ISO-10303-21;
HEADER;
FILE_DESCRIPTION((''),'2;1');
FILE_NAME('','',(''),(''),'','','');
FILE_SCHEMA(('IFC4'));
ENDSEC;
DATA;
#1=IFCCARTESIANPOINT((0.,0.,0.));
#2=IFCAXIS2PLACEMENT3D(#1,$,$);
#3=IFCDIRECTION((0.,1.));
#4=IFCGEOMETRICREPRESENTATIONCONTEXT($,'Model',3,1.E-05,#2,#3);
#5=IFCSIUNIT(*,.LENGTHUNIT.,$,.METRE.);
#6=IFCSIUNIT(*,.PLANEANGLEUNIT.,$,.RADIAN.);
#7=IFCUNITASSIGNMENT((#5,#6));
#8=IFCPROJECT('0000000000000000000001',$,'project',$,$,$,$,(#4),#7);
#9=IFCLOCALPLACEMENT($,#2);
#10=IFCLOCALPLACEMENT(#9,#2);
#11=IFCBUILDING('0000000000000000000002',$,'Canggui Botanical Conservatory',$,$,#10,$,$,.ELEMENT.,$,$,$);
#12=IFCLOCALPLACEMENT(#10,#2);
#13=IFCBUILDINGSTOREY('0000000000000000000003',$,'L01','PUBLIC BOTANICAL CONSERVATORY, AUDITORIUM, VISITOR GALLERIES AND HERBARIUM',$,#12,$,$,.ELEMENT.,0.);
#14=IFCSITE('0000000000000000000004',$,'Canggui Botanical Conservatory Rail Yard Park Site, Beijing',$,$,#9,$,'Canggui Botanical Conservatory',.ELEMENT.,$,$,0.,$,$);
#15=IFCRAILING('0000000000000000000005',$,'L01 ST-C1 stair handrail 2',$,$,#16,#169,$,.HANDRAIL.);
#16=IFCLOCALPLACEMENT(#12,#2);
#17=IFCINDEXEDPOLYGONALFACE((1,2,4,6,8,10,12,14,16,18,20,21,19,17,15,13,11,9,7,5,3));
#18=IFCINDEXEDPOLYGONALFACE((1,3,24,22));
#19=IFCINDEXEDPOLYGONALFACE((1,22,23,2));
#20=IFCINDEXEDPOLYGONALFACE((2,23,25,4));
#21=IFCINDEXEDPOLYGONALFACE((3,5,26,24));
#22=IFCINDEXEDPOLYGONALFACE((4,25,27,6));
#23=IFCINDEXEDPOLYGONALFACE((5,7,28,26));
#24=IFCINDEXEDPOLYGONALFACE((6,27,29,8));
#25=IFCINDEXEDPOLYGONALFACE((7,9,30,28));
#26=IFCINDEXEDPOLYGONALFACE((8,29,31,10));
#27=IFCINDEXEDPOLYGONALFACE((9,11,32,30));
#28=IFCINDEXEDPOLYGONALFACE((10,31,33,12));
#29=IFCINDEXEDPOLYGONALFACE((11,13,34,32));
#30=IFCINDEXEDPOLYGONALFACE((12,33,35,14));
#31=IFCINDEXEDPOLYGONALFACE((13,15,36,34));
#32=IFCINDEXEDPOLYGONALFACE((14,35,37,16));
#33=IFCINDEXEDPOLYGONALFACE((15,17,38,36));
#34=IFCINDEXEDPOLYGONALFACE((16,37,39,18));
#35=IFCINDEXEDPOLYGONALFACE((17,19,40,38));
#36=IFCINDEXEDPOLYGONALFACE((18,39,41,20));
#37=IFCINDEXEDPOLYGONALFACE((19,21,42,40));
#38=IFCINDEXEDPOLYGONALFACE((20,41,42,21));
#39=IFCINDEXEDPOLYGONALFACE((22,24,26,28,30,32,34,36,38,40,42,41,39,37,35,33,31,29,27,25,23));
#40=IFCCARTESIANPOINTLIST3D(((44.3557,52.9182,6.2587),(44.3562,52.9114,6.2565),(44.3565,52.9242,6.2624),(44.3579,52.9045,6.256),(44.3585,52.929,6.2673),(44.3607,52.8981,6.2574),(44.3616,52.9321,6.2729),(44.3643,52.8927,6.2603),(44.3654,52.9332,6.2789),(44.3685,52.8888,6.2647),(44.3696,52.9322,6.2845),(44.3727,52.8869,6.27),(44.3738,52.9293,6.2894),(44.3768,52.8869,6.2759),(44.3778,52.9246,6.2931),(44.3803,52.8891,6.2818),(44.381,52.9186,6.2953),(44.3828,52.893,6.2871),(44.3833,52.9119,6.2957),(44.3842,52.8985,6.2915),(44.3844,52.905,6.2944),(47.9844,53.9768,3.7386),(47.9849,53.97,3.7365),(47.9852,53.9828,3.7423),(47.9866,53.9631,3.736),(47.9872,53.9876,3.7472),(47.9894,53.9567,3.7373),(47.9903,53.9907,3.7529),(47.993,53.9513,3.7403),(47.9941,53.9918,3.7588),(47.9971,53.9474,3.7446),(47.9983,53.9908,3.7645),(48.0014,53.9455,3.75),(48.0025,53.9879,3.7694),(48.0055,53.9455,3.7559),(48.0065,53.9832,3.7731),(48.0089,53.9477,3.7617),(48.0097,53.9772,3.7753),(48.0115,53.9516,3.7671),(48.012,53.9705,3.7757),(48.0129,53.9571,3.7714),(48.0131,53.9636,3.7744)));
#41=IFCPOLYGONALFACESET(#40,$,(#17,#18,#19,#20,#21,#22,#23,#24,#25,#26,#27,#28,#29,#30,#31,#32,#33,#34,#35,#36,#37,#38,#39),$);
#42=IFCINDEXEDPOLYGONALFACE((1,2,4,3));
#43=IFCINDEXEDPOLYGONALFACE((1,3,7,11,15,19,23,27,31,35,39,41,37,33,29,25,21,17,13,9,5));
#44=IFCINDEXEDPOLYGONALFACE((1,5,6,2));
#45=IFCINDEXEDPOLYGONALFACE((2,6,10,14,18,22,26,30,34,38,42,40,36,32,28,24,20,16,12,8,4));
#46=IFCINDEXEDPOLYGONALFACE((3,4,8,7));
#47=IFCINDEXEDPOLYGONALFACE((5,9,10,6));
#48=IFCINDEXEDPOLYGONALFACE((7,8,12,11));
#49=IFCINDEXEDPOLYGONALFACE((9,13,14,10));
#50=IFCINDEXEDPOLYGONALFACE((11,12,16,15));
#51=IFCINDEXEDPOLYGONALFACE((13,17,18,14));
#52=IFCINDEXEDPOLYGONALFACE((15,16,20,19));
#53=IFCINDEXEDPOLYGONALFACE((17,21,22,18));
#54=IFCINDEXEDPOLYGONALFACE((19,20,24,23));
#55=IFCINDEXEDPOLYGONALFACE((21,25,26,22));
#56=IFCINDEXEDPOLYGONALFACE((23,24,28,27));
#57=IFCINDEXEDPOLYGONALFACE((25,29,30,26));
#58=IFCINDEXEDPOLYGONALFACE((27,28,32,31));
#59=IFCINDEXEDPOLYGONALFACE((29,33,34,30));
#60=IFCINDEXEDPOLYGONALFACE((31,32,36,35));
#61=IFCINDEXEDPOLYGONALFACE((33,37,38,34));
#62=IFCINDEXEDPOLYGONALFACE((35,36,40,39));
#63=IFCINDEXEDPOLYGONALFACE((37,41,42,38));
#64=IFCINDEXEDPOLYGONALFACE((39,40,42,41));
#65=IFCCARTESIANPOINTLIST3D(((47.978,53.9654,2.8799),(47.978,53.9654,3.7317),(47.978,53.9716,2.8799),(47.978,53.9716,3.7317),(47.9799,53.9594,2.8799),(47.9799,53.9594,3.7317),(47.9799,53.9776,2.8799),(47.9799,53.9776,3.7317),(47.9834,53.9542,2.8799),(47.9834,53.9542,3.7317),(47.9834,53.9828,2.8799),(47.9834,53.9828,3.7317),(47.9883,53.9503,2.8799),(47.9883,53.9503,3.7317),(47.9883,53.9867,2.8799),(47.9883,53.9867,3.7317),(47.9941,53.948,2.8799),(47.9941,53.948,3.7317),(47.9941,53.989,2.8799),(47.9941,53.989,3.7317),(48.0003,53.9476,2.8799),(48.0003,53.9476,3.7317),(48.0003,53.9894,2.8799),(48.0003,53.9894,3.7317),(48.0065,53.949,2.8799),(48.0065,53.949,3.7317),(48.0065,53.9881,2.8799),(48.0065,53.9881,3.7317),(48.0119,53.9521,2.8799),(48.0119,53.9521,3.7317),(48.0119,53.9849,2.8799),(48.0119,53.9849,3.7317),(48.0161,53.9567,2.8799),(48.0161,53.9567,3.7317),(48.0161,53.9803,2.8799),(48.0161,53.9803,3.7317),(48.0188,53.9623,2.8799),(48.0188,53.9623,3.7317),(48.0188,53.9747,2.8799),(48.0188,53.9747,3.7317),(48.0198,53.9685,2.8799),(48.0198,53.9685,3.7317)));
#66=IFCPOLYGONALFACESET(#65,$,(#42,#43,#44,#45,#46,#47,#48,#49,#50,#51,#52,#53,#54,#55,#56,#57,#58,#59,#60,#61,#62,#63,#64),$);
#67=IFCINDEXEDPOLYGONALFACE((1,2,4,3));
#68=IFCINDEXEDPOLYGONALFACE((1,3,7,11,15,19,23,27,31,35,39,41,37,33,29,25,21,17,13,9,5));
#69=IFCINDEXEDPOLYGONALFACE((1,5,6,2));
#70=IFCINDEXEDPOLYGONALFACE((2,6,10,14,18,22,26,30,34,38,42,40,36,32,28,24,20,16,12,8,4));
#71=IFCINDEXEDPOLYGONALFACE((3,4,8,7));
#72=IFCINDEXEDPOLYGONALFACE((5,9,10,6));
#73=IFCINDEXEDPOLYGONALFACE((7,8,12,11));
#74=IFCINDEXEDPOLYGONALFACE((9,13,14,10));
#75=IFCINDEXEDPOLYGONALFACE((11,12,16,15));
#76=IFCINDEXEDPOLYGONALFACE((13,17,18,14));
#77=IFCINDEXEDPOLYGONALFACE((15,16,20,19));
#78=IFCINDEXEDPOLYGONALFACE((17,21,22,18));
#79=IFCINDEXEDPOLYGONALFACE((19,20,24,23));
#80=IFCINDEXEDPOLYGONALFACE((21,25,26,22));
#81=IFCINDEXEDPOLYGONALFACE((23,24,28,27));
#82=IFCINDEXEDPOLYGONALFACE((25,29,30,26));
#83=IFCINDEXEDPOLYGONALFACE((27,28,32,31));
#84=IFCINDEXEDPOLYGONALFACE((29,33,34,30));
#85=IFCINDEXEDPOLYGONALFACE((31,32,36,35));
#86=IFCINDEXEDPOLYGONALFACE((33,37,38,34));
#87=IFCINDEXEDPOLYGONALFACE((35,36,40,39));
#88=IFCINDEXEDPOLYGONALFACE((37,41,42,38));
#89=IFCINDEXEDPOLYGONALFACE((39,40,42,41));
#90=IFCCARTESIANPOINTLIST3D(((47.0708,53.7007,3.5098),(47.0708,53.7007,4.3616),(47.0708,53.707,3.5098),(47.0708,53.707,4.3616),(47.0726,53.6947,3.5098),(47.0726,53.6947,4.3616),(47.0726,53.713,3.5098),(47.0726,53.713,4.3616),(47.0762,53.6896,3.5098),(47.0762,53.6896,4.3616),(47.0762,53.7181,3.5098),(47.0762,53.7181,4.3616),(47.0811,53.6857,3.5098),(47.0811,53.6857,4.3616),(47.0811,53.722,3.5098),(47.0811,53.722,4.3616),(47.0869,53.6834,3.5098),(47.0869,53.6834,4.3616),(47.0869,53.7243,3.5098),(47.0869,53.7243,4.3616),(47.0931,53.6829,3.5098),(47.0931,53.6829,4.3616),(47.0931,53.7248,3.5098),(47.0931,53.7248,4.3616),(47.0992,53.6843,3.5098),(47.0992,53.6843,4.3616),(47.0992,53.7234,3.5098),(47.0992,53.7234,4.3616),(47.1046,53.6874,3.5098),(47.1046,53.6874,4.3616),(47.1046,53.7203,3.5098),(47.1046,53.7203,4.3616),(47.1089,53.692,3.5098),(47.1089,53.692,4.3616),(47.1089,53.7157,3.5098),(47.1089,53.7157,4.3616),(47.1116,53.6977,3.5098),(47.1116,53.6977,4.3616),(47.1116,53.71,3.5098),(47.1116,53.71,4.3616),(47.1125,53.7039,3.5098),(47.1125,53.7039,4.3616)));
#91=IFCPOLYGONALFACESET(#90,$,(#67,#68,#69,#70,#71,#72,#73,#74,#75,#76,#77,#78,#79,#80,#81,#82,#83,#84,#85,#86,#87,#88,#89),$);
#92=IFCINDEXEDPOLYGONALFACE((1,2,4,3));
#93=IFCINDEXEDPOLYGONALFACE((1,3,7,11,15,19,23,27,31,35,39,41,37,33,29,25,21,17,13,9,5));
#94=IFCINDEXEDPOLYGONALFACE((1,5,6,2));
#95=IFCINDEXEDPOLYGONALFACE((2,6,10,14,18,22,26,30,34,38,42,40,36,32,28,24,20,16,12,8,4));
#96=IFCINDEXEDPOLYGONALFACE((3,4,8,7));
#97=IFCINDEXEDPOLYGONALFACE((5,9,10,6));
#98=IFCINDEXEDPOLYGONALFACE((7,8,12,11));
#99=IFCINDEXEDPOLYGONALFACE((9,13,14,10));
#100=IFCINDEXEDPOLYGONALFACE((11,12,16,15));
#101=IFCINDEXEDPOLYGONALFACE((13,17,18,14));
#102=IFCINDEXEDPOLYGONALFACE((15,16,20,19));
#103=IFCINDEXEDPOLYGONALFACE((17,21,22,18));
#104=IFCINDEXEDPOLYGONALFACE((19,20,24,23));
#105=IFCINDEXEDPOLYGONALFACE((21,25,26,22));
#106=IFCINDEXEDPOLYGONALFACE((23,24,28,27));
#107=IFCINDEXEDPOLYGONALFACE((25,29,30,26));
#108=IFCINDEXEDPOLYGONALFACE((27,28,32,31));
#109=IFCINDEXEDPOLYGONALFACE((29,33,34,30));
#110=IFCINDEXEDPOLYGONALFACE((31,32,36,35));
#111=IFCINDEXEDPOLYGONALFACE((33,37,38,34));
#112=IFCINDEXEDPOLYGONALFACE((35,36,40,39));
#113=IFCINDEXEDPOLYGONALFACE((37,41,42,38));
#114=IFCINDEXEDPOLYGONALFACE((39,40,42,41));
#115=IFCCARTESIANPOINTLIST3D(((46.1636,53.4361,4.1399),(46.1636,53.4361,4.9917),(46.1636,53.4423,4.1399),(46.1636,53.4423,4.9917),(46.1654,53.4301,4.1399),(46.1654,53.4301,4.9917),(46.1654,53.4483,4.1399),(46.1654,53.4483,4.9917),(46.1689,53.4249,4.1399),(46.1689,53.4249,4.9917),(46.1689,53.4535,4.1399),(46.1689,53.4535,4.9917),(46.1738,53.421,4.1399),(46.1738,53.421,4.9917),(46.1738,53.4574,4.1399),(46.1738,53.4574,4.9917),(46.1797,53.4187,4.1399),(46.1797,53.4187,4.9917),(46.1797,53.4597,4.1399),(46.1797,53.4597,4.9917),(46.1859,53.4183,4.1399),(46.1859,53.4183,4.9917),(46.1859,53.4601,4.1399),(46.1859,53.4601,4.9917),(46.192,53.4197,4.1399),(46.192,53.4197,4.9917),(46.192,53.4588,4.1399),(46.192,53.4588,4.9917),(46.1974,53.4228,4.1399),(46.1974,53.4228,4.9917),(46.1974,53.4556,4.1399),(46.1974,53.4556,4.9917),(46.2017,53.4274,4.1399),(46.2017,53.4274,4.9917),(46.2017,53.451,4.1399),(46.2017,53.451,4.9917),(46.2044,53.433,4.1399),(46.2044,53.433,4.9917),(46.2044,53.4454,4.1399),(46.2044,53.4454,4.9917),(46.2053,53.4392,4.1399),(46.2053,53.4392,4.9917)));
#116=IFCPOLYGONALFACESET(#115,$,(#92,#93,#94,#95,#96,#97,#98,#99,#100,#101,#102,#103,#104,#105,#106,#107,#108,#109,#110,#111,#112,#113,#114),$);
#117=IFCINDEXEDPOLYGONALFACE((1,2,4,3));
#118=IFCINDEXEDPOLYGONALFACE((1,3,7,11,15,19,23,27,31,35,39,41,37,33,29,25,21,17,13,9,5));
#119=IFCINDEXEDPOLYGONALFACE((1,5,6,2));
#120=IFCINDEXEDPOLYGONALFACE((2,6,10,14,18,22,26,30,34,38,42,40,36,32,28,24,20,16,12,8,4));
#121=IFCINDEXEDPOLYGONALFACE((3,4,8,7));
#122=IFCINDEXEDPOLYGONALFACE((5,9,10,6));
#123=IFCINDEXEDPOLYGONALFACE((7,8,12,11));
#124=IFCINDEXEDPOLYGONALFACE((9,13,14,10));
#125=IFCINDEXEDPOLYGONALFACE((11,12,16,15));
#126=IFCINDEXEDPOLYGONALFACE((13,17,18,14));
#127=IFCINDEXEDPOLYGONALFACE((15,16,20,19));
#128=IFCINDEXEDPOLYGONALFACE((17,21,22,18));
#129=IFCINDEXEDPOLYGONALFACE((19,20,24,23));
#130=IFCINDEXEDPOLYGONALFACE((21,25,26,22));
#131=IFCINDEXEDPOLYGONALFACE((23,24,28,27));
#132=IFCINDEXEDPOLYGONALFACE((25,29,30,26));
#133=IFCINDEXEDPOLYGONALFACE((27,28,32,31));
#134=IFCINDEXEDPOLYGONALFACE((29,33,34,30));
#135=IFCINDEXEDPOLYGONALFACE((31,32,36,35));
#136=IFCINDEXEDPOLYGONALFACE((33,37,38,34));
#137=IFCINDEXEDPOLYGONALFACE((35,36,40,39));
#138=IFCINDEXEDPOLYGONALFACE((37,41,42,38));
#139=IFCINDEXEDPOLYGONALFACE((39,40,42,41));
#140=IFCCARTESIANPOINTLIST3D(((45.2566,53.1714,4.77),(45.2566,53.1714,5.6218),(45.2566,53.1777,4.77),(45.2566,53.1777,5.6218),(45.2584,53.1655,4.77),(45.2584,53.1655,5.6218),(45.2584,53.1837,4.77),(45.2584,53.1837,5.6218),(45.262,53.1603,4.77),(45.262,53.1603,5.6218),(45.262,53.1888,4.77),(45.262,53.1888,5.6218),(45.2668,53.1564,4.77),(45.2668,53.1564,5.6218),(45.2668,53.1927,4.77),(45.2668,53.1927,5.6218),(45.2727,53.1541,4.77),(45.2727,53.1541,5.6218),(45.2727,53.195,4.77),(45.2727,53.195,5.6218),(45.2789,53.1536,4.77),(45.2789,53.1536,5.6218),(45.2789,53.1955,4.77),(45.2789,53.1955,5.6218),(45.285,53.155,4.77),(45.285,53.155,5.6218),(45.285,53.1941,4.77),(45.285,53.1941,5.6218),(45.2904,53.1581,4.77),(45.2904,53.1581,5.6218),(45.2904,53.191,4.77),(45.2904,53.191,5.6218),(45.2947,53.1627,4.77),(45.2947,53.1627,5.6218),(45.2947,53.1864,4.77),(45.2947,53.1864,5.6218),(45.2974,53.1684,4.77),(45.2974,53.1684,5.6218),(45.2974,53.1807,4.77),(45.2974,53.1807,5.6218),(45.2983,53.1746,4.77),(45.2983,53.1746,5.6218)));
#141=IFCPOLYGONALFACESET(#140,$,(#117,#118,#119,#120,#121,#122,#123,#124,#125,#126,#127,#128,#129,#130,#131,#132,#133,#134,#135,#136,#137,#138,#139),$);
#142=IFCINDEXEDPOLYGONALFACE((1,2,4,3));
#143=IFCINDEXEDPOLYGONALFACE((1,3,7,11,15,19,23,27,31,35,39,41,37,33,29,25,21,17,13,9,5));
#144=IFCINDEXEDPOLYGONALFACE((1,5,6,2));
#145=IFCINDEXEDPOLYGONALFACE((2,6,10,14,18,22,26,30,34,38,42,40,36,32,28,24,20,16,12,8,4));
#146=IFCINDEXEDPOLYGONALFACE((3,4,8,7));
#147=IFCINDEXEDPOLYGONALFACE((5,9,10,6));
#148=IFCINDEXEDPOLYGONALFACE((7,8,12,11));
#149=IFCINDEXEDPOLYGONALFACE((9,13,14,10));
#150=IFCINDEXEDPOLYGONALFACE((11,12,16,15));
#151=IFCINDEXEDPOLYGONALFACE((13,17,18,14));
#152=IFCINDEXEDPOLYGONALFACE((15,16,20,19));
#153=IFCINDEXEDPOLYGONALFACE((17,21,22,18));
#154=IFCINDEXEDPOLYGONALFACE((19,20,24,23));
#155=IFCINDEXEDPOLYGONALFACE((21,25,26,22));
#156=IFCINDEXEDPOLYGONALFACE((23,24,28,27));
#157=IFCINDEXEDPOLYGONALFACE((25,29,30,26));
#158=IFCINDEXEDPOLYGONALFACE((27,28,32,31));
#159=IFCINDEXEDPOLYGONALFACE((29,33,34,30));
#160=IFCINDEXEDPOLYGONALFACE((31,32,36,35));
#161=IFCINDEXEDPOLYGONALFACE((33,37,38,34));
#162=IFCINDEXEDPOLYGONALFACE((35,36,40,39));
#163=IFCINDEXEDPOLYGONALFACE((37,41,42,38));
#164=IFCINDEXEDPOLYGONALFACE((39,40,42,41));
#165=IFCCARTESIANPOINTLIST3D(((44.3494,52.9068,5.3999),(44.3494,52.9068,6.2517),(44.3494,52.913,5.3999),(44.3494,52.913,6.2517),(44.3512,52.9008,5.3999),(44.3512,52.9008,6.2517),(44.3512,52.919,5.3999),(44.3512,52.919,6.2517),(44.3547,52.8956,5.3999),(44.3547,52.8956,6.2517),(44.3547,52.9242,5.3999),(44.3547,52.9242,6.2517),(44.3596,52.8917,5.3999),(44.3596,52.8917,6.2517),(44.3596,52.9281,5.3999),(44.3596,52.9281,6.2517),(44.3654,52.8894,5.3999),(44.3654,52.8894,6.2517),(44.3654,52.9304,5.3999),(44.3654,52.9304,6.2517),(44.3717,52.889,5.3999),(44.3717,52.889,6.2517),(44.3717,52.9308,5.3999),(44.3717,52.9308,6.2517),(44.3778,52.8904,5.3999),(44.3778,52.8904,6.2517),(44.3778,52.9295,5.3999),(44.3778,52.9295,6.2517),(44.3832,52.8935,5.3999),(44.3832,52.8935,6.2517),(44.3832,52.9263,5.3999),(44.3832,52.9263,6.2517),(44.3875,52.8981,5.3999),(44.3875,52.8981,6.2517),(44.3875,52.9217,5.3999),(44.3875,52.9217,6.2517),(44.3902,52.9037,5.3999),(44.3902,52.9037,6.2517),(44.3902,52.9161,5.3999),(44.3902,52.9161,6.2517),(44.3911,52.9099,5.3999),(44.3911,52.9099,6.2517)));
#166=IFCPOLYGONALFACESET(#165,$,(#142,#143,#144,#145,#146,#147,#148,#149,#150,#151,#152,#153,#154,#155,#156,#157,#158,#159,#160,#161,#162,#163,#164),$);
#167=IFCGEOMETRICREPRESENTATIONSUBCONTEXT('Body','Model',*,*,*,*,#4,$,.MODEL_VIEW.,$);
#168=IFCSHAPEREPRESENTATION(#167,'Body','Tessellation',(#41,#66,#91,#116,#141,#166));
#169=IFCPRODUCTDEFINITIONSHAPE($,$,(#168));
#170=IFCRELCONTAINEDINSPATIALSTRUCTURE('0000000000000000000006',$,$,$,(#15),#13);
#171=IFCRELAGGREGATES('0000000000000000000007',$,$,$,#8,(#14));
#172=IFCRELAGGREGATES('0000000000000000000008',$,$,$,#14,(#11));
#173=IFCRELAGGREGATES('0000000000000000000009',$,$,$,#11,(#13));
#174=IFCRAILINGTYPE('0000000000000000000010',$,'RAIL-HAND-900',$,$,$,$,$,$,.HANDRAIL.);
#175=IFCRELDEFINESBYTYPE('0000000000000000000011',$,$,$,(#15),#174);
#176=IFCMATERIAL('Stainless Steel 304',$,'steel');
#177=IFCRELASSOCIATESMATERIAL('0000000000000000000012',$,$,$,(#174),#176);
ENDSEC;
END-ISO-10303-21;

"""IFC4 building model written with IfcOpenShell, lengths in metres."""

from ifc_helpers import new_model, si_unit, direction, frame, origin, origin_2d, place, context, subcontext, project, spatial, circle, extrude, material, type_object, element, save


model = new_model("IFC4")

# Units and contexts
model_context = context("Model", 3, precision=1e-05, world=origin(), true_north=direction((0.0, 1.0)))
body_context = subcontext(model_context, "Body", "Model", "MODEL_VIEW")
ifc_project = project(units=[si_unit("LENGTHUNIT", "METRE"), si_unit("PLANEANGLEUNIT", "RADIAN")], contexts=[model_context])

# Site, building, storey
site_placement = place(None, origin())
site = spatial("IfcSite", under=ifc_project, at=site_placement, Name="Canggui Botanical Conservatory Rail Yard Park Site, Beijing", LongName="Canggui Botanical Conservatory", CompositionType="ELEMENT", RefElevation=0.0)
building_placement = place(site_placement, origin())
building = spatial("IfcBuilding", under=site, at=building_placement, Name="Canggui Botanical Conservatory", CompositionType="ELEMENT")
storey_placement = place(building_placement, origin())
storey = spatial("IfcBuildingStorey", under=building, at=storey_placement, Name="L01", Description="PUBLIC BOTANICAL CONSERVATORY, AUDITORIUM, VISITOR GALLERIES AND HERBARIUM", CompositionType="ELEMENT", Elevation=0.0)

# Railing
ifc_material_1 = material(Name="Stainless Steel 304", Category="steel")
railing_type_1 = type_object("IfcRailingType", Name="RAIL-HAND-900", PredefinedType="HANDRAIL", material=ifc_material_1)
railing_1_placement = place(storey_placement, frame((47.9988, 53.9685, 2.8799)))
element("IfcRailing", 1, at=railing_1_placement, inside=storey, type_object=railing_type_1, Name="L01 ST-C1 stair handrail 2", PredefinedType="HANDRAIL", context=body_context, shape_type="SweptSolid", body=[
    extrude(circle(Radius=0.0239, at=origin_2d()), frame((0.0, 0.0, 0.876), z_axis=(-0.798747, -0.23302, 0.554711), x_axis=(0.280057, -0.959983, 0.0)), (0.0, 0.0, 1.0), 4.543),
    extrude(circle(Radius=0.021, at=origin_2d()), origin(), (0.0, 0.0, 1.0), 0.8518),
    extrude(circle(Radius=0.021, at=origin_2d()), frame((-0.9072, -0.2646, 0.6299)), (0.0, 0.0, 1.0), 0.8518),
    extrude(circle(Radius=0.021, at=origin_2d()), frame((-1.8145, -0.5293, 1.26)), (0.0, 0.0, 1.0), 0.8518),
    extrude(circle(Radius=0.021, at=origin_2d()), frame((-2.7214, -0.7939, 1.8901)), (0.0, 0.0, 1.0), 0.8518),
    extrude(circle(Radius=0.021, at=origin_2d()), frame((-3.6287, -1.0586, 2.52)), (0.0, 0.0, 1.0), 0.8518),
])

save(model, "model.ifc")
